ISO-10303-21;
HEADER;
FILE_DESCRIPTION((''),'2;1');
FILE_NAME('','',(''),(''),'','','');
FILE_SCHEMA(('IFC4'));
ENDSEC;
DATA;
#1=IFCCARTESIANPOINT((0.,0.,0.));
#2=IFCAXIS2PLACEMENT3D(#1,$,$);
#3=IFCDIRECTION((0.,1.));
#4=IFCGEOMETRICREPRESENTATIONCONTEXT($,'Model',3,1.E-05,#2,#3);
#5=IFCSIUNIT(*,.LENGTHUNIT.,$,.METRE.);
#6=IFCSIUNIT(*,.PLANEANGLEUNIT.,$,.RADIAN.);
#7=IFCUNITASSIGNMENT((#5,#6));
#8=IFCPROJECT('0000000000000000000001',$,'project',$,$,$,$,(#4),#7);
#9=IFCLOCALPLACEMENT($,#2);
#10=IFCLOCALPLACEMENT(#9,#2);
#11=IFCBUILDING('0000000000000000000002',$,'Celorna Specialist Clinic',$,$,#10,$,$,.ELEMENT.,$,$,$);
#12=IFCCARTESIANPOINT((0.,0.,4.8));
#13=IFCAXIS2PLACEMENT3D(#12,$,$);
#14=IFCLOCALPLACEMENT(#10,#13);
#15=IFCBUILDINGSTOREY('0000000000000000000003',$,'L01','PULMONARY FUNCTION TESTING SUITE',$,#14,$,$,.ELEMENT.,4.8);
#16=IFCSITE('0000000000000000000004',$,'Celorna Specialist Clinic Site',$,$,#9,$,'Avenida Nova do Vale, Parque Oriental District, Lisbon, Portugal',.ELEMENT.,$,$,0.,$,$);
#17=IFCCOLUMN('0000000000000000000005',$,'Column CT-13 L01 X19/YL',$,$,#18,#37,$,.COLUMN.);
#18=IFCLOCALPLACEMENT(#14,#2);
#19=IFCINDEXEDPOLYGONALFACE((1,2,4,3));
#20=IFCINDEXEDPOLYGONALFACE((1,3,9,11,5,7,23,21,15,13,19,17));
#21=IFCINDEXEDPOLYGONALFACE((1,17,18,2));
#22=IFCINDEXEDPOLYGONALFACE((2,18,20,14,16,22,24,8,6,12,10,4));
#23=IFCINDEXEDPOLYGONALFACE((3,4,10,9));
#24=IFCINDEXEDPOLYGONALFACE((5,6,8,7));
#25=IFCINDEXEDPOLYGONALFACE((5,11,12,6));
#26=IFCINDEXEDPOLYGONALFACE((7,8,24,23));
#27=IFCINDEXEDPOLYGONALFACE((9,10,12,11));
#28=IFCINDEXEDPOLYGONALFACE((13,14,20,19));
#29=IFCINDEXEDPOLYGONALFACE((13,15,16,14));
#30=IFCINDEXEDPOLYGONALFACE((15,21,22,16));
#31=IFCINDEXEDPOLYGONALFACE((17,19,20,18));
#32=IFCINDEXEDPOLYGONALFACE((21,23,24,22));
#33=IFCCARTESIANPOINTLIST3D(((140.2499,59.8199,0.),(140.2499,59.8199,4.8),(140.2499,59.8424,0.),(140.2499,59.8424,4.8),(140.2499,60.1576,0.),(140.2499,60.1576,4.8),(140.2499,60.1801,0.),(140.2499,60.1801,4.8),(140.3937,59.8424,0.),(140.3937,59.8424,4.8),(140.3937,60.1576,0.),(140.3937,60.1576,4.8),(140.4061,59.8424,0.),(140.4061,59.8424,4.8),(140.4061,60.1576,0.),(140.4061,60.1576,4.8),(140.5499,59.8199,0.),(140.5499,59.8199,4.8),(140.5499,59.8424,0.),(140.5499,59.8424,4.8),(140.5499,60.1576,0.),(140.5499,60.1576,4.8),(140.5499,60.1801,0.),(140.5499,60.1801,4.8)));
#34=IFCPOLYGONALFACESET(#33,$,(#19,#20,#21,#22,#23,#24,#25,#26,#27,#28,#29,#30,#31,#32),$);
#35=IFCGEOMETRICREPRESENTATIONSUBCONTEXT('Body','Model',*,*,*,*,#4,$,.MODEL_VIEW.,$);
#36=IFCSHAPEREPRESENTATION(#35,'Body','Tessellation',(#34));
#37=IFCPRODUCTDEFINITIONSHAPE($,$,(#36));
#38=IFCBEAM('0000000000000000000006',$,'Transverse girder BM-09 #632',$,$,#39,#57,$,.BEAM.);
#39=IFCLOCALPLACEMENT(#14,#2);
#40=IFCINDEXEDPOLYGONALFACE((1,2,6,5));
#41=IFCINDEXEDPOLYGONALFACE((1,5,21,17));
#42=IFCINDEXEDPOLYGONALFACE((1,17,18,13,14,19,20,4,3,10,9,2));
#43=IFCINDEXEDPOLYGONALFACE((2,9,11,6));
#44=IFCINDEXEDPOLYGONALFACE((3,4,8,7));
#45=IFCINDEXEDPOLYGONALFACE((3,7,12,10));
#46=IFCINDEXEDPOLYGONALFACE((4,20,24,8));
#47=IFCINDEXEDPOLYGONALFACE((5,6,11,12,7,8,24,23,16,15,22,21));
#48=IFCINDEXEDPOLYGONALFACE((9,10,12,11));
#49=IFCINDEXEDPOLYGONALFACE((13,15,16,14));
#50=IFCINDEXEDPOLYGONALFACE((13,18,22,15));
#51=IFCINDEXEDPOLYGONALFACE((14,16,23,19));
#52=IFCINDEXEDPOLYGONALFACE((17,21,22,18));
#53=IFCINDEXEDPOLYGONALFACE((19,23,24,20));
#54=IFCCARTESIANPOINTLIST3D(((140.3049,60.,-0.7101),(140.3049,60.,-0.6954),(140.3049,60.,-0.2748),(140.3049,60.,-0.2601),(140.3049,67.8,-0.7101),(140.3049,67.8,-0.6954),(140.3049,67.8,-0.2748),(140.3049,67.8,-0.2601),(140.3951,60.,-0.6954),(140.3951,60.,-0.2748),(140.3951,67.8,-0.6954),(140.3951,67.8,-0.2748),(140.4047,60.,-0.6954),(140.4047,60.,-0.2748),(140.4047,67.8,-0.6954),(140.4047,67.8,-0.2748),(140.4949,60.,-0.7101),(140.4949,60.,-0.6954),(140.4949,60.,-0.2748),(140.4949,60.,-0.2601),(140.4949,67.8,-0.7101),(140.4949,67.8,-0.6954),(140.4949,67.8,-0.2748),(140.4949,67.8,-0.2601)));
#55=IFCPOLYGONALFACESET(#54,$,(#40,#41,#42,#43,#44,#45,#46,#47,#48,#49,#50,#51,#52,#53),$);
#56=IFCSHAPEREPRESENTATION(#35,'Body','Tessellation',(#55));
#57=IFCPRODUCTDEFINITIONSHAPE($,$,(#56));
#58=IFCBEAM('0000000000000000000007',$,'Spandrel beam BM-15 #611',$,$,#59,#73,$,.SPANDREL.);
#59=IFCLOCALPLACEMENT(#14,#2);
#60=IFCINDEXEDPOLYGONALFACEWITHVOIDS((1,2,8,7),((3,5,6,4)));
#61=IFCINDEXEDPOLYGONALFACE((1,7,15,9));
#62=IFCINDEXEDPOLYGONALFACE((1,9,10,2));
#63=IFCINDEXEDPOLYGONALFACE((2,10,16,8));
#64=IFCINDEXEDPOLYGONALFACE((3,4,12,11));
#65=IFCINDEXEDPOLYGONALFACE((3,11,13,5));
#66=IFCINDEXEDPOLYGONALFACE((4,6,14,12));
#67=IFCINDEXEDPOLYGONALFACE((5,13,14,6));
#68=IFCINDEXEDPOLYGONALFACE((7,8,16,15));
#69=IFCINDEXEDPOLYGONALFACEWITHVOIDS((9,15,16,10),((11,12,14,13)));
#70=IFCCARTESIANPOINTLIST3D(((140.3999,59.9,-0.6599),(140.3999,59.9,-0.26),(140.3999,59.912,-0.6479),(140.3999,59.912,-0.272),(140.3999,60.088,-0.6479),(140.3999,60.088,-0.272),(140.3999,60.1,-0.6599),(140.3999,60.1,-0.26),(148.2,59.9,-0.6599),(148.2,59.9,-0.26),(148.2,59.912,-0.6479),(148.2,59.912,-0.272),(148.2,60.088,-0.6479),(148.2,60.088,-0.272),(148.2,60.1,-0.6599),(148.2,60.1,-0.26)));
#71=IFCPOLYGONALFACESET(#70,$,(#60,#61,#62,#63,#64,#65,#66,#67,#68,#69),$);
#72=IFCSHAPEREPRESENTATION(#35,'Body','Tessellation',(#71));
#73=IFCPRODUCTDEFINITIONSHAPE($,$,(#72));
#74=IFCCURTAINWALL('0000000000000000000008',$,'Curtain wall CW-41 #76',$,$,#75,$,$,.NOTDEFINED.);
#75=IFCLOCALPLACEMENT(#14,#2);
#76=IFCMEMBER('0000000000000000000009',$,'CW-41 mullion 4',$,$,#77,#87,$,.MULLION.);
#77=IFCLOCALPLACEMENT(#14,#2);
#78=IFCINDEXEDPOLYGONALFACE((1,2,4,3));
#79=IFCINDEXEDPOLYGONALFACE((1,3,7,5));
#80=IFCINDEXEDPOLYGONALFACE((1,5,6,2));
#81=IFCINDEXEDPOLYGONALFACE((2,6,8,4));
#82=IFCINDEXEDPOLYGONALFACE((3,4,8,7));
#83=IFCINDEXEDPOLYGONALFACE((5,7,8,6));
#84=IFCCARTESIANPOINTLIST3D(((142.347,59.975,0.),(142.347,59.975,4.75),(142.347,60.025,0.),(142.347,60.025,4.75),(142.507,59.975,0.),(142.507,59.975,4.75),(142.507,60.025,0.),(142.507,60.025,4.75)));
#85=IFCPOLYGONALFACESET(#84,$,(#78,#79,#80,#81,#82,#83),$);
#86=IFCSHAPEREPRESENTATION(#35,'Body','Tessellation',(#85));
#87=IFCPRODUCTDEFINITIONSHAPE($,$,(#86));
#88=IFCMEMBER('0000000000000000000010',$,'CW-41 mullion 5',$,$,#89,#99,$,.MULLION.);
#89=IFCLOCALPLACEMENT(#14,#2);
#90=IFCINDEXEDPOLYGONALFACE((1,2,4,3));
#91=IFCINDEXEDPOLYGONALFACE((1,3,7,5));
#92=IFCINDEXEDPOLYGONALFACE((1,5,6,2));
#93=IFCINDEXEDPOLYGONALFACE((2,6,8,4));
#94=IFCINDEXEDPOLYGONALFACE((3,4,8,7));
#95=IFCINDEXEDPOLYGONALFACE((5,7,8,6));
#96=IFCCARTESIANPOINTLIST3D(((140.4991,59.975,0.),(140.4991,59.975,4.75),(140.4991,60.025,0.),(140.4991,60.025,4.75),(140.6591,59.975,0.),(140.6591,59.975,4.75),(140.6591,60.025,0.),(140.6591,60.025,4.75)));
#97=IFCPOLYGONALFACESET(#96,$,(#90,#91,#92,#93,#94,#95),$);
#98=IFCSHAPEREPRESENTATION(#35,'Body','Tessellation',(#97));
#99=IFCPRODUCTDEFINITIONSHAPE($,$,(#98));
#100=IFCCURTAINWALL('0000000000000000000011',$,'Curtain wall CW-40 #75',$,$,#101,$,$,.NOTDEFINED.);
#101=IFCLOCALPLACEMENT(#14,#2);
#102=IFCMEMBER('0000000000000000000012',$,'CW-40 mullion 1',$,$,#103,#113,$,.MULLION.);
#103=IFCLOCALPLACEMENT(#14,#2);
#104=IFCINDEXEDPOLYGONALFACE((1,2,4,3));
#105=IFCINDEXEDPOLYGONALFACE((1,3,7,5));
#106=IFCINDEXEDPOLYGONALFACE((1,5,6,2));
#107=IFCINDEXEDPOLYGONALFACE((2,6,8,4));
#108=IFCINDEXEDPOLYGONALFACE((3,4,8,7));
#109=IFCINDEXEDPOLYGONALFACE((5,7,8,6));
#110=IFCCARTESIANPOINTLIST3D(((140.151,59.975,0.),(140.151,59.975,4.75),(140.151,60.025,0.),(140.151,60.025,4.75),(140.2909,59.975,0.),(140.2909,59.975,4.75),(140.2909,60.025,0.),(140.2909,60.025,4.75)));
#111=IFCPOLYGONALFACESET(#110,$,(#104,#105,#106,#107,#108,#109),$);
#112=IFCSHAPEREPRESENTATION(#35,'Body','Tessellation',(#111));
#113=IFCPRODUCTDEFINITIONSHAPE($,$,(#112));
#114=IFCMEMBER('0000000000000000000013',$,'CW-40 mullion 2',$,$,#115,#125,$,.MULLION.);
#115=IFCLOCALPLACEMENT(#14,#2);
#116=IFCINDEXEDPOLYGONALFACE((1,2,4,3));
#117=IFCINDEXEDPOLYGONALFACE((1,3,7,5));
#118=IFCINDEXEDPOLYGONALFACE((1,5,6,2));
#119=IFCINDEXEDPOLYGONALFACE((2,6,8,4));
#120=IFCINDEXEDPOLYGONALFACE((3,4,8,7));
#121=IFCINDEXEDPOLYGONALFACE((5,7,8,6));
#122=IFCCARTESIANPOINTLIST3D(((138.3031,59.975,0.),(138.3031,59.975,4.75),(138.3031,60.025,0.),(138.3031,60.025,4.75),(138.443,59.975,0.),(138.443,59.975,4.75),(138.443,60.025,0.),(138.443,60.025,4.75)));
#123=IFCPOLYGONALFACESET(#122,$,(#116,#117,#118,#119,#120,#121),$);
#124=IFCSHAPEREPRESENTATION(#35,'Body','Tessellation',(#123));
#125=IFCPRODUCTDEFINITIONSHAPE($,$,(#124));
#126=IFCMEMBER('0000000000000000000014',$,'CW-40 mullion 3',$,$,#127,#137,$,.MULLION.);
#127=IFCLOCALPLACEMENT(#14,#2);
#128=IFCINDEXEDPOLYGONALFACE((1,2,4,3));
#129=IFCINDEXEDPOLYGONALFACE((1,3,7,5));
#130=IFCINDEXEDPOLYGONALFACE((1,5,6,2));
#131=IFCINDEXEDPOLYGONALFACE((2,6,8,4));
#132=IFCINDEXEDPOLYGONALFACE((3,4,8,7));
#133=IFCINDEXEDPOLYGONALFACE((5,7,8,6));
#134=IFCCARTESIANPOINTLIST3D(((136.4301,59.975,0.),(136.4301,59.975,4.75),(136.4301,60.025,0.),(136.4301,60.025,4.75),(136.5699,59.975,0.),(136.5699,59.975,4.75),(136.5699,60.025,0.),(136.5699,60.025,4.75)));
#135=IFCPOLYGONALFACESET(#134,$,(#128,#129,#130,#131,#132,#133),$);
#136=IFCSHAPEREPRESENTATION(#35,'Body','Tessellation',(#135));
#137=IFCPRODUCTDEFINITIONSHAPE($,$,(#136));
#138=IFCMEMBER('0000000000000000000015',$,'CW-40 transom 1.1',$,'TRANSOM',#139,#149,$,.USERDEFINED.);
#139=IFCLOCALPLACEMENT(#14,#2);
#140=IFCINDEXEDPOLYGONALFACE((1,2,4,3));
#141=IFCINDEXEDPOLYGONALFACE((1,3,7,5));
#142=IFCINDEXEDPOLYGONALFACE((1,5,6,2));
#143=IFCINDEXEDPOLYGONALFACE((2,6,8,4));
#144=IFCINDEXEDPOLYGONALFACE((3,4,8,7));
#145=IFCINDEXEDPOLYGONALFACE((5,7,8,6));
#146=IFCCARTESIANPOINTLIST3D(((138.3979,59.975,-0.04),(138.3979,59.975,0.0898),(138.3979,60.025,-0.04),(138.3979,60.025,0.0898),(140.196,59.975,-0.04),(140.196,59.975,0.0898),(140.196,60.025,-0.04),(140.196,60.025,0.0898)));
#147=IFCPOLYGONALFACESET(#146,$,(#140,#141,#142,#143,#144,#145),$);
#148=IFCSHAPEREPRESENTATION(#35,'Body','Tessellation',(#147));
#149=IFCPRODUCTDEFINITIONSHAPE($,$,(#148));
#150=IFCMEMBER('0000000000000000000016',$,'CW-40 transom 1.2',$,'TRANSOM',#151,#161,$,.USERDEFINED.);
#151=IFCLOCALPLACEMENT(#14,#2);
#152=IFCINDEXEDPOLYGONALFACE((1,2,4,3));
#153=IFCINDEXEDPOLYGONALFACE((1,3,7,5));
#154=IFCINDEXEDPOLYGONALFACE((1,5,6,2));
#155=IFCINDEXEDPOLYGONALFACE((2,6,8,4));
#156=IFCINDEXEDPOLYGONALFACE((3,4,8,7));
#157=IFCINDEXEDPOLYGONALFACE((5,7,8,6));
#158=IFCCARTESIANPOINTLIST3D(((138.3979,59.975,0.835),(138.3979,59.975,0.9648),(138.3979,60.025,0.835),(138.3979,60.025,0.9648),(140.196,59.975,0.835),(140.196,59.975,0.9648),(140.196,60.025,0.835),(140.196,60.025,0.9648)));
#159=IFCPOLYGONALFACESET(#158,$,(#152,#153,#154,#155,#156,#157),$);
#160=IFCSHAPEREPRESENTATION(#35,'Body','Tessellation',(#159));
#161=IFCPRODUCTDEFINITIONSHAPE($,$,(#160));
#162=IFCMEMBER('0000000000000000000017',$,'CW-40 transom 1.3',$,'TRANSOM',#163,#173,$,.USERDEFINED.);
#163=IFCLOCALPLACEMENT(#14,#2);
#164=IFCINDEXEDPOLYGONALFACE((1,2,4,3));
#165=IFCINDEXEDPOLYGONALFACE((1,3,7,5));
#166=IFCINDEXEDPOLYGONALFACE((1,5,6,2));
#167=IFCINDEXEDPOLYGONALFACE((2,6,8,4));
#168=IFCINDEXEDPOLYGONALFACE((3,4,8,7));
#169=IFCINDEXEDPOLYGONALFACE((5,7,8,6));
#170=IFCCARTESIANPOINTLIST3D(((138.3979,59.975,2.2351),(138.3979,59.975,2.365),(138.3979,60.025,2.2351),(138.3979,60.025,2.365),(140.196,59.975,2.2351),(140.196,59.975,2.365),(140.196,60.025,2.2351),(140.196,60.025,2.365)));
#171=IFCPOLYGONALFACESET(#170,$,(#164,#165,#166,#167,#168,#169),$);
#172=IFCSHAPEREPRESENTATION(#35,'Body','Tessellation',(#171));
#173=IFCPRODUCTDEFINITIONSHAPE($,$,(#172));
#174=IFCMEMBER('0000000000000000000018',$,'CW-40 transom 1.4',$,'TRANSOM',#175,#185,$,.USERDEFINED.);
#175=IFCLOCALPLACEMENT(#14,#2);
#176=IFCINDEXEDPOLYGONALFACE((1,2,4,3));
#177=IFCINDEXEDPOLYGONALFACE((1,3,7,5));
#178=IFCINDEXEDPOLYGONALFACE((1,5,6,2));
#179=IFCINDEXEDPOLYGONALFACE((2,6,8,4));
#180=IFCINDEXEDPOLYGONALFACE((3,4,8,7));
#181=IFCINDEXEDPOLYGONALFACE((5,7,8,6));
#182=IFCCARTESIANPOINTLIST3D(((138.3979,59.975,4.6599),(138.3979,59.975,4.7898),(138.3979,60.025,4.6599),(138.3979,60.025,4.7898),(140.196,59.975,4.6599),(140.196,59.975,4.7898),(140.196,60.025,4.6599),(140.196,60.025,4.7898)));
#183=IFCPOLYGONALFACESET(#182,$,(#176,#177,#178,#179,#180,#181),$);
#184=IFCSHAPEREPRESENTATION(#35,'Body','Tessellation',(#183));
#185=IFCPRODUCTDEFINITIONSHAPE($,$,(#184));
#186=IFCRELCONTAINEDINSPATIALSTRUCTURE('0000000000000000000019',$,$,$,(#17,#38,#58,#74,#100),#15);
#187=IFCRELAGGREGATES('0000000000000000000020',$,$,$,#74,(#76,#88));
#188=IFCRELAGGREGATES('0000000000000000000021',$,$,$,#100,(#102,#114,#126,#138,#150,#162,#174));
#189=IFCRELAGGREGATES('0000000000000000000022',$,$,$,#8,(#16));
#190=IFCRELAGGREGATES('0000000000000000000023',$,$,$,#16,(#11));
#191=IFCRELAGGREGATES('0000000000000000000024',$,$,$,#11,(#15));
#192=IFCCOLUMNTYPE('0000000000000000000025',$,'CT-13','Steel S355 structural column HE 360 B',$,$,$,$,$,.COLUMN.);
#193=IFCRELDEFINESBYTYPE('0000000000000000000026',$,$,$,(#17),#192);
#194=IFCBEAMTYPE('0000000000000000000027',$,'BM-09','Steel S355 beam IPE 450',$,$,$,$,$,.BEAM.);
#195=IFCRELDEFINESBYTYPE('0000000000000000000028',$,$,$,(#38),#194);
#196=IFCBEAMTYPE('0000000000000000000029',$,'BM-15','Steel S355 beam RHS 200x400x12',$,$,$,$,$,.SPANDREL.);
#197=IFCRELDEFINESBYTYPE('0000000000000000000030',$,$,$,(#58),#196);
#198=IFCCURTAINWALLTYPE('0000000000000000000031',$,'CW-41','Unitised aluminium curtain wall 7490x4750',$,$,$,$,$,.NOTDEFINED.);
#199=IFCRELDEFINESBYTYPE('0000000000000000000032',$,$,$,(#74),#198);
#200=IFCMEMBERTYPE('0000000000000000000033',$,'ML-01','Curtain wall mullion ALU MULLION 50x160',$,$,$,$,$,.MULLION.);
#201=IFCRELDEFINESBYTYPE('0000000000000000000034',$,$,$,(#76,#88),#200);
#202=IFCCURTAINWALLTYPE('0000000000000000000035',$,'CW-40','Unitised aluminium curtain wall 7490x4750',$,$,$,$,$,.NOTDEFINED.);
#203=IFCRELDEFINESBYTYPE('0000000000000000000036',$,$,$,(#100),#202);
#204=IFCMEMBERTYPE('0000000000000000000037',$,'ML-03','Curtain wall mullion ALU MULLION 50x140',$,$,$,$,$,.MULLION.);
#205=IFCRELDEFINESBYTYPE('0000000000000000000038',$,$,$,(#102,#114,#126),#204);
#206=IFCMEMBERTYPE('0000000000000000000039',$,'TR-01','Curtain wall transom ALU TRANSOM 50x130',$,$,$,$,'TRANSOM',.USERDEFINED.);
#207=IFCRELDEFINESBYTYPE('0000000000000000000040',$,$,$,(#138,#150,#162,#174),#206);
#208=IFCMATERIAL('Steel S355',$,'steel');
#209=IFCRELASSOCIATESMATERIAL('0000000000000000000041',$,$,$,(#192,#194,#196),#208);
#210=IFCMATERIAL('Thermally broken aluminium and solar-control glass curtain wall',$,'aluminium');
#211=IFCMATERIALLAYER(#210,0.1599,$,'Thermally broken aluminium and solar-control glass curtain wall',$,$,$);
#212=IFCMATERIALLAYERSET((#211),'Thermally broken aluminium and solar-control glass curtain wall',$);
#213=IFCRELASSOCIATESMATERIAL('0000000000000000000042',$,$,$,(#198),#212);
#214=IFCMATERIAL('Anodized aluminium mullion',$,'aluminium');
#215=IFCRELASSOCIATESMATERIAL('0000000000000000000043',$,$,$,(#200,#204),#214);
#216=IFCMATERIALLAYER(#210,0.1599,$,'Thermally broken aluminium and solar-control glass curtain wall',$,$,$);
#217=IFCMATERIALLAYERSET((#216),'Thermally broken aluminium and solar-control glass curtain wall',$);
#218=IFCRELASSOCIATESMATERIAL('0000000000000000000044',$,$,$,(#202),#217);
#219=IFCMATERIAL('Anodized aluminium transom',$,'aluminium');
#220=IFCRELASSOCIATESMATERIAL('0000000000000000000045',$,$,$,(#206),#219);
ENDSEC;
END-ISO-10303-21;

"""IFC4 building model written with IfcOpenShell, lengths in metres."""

from ifc_helpers import new_model, si_unit, direction, frame, origin, origin_2d, place, context, subcontext, project, spatial, rectangle, hollow_rectangle, i_section, extrude, material, layer, layer_set, material_profile, profile_set, type_object, element, aggregate, save


model = new_model("IFC4")

# Units and contexts
model_context = context("Model", 3, precision=1e-05, world=origin(), true_north=direction((0.0, 1.0)))
body_context = subcontext(model_context, "Body", "Model", "MODEL_VIEW")
ifc_project = project(units=[si_unit("LENGTHUNIT", "METRE"), si_unit("PLANEANGLEUNIT", "RADIAN")], contexts=[model_context])

# Site, building, storey
site_placement = place(None, origin())
site = spatial("IfcSite", under=ifc_project, at=site_placement, Name="Celorna Specialist Clinic Site", LongName="Avenida Nova do Vale, Parque Oriental District, Lisbon, Portugal", CompositionType="ELEMENT", RefElevation=0.0)
building_placement = place(site_placement, origin())
building = spatial("IfcBuilding", under=site, at=building_placement, Name="Celorna Specialist Clinic", CompositionType="ELEMENT")
storey_placement = place(building_placement, frame((0.0, 0.0, 4.8)))
storey = spatial("IfcBuildingStorey", under=building, at=storey_placement, Name="L01", Description="PULMONARY FUNCTION TESTING SUITE", CompositionType="ELEMENT", Elevation=4.8)

# Column
ifc_material_1 = material(Name="Steel S355", Category="steel")
ifc_material_profile_1 = material_profile(ifc_material_1, i_section(OverallWidth=0.3, OverallDepth=0.3601, WebThickness=0.0125, FlangeThickness=0.0225, at=origin_2d()), Name="HE 360 B")
ifc_profile_set_1 = profile_set([ifc_material_profile_1], Name="Steel S355")
column_type = type_object("IfcColumnType", Name="CT-13", Description="Steel S355 structural column HE 360 B", PredefinedType="COLUMN", material=ifc_profile_set_1)
column_placement = place(storey_placement, frame((140.3999, 60.0, 0.0), z_axis=(0.0, 0.0, 1.0), x_axis=(1.0, 0.0, 0.0)))
element("IfcColumn", 1, at=column_placement, inside=storey, type_object=column_type, Name="Column CT-13 L01 X19/YL", PredefinedType="COLUMN", context=body_context, shape_type="SweptSolid", body=[
    extrude(i_section(OverallWidth=0.3, OverallDepth=0.3601, WebThickness=0.0125, FlangeThickness=0.0225, at=origin_2d()), origin(), (0.0, 0.0, 1.0), 4.8),
])

# Beams
ifc_material_profile_2 = material_profile(ifc_material_1, i_section(OverallWidth=0.1899, OverallDepth=0.45, WebThickness=0.0095, FlangeThickness=0.0146, at=origin_2d()), Name="IPE 450")
ifc_profile_set_2 = profile_set([ifc_material_profile_2], Name="Steel S355")
beam_type_1 = type_object("IfcBeamType", Name="BM-09", Description="Steel S355 beam IPE 450", PredefinedType="BEAM", material=ifc_profile_set_2)
beam_1_placement = place(storey_placement, frame((140.3999, 60.0, -0.4851), z_axis=(0.0, 1.0, 0.0), x_axis=(-1.0, 0.0, 0.0)))
element("IfcBeam", 2, at=beam_1_placement, inside=storey, type_object=beam_type_1, Name="Transverse girder BM-09 #632", PredefinedType="BEAM", context=body_context, shape_type="SweptSolid", body=[
    extrude(i_section(OverallWidth=0.1899, OverallDepth=0.45, WebThickness=0.0095, FlangeThickness=0.0146, at=origin_2d()), origin(), (0.0, 0.0, 1.0), 7.8),
])
ifc_material_profile_3 = material_profile(ifc_material_1, hollow_rectangle(XDim=0.2, YDim=0.3999, WallThickness=0.012, at=origin_2d()), Name="RHS 200x400x12")
ifc_profile_set_3 = profile_set([ifc_material_profile_3], Name="Steel S355")
beam_type_2 = type_object("IfcBeamType", Name="BM-15", Description="Steel S355 beam RHS 200x400x12", PredefinedType="SPANDREL", material=ifc_profile_set_3)
beam_2_placement = place(storey_placement, frame((140.3999, 60.0, -0.46), z_axis=(1.0, 0.0, 0.0), x_axis=(0.0, 1.0, 0.0)))
element("IfcBeam", 3, at=beam_2_placement, inside=storey, type_object=beam_type_2, Name="Spandrel beam BM-15 #611", PredefinedType="SPANDREL", context=body_context, shape_type="SweptSolid", body=[
    extrude(hollow_rectangle(XDim=0.2, YDim=0.3999, WallThickness=0.012, at=origin_2d()), origin(), (0.0, 0.0, 1.0), 7.8),
])

# Curtain walls, members
ifc_material_2 = material(Name="Thermally broken aluminium and solar-control glass curtain wall", Category="aluminium")
ifc_layer_1 = layer(ifc_material_2, 0.1599, Name="Thermally broken aluminium and solar-control glass curtain wall")
ifc_layer_set_1 = layer_set([ifc_layer_1], Name="Thermally broken aluminium and solar-control glass curtain wall")
curtain_wall_type_1 = type_object("IfcCurtainWallType", Name="CW-41", Description="Unitised aluminium curtain wall 7490x4750", PredefinedType="NOTDEFINED", material=ifc_layer_set_1)
curtain_wall_1_placement = place(storey_placement, origin())
curtain_wall_1 = element("IfcCurtainWall", 4, at=curtain_wall_1_placement, inside=storey, type_object=curtain_wall_type_1, Name="Curtain wall CW-41 #76", PredefinedType="NOTDEFINED")
ifc_material_3 = material(Name="Anodized aluminium mullion", Category="aluminium")
ifc_material_profile_4 = material_profile(ifc_material_3, rectangle(XDim=0.05, YDim=0.1599, at=origin_2d()), Name="ALU MULLION 50x160")
ifc_profile_set_4 = profile_set([ifc_material_profile_4], Name="Anodized aluminium mullion")
member_type_1 = type_object("IfcMemberType", Name="ML-01", Description="Curtain wall mullion ALU MULLION 50x160", PredefinedType="MULLION", material=ifc_profile_set_4)
member_1_placement = place(storey_placement, frame((142.427, 60.0, 0.0), z_axis=(0.0, 0.0, 1.0), x_axis=(0.0, -1.0, 0.0)))
member_1 = element("IfcMember", 5, at=member_1_placement, type_object=member_type_1, Name="CW-41 mullion 4", PredefinedType="MULLION", context=body_context, shape_type="SweptSolid", body=[
    extrude(rectangle(XDim=0.05, YDim=0.1599, at=origin_2d()), origin(), (0.0, 0.0, 1.0), 4.75),
])
member_2_placement = place(storey_placement, frame((140.5791, 60.0, 0.0), z_axis=(0.0, 0.0, 1.0), x_axis=(0.0, -1.0, 0.0)))
member_2 = element("IfcMember", 6, at=member_2_placement, type_object=member_type_1, Name="CW-41 mullion 5", PredefinedType="MULLION", context=body_context, shape_type="SweptSolid", body=[
    extrude(rectangle(XDim=0.05, YDim=0.1599, at=origin_2d()), origin(), (0.0, 0.0, 1.0), 4.75),
])
ifc_layer_2 = layer(ifc_material_2, 0.1599, Name="Thermally broken aluminium and solar-control glass curtain wall")
ifc_layer_set_2 = layer_set([ifc_layer_2], Name="Thermally broken aluminium and solar-control glass curtain wall")
curtain_wall_type_2 = type_object("IfcCurtainWallType", Name="CW-40", Description="Unitised aluminium curtain wall 7490x4750", PredefinedType="NOTDEFINED", material=ifc_layer_set_2)
curtain_wall_2_placement = place(storey_placement, origin())
curtain_wall_2 = element("IfcCurtainWall", 7, at=curtain_wall_2_placement, inside=storey, type_object=curtain_wall_type_2, Name="Curtain wall CW-40 #75", PredefinedType="NOTDEFINED")
ifc_material_profile_5 = material_profile(ifc_material_3, rectangle(XDim=0.05, YDim=0.1399, at=origin_2d()), Name="ALU MULLION 50x140")
ifc_profile_set_5 = profile_set([ifc_material_profile_5], Name="Anodized aluminium mullion")
member_type_2 = type_object("IfcMemberType", Name="ML-03", Description="Curtain wall mullion ALU MULLION 50x140", PredefinedType="MULLION", material=ifc_profile_set_5)
member_3_placement = place(storey_placement, frame((140.2209, 60.0, 0.0), z_axis=(0.0, 0.0, 1.0), x_axis=(0.0, -1.0, 0.0)))
member_3 = element("IfcMember", 8, at=member_3_placement, type_object=member_type_2, Name="CW-40 mullion 1", PredefinedType="MULLION", context=body_context, shape_type="SweptSolid", body=[
    extrude(rectangle(XDim=0.05, YDim=0.1399, at=origin_2d()), origin(), (0.0, 0.0, 1.0), 4.75),
])
member_4_placement = place(storey_placement, frame((138.373, 60.0, 0.0), z_axis=(0.0, 0.0, 1.0), x_axis=(0.0, -1.0, 0.0)))
member_4 = element("IfcMember", 9, at=member_4_placement, type_object=member_type_2, Name="CW-40 mullion 2", PredefinedType="MULLION", context=body_context, shape_type="SweptSolid", body=[
    extrude(rectangle(XDim=0.05, YDim=0.1399, at=origin_2d()), origin(), (0.0, 0.0, 1.0), 4.75),
])
member_5_placement = place(storey_placement, frame((136.5, 60.0, 0.0), z_axis=(0.0, 0.0, 1.0), x_axis=(0.0, -1.0, 0.0)))
member_5 = element("IfcMember", 10, at=member_5_placement, type_object=member_type_2, Name="CW-40 mullion 3", PredefinedType="MULLION", context=body_context, shape_type="SweptSolid", body=[
    extrude(rectangle(XDim=0.05, YDim=0.1399, at=origin_2d()), origin(), (0.0, 0.0, 1.0), 4.75),
])
ifc_material_4 = material(Name="Anodized aluminium transom", Category="aluminium")
ifc_material_profile_6 = material_profile(ifc_material_4, rectangle(XDim=0.05, YDim=0.1299, at=origin_2d()), Name="ALU TRANSOM 50x130")
ifc_profile_set_6 = profile_set([ifc_material_profile_6], Name="Anodized aluminium transom")
member_type_3 = type_object("IfcMemberType", Name="TR-01", Description="Curtain wall transom ALU TRANSOM 50x130", ElementType="TRANSOM", PredefinedType="USERDEFINED", material=ifc_profile_set_6)
member_6_placement = place(storey_placement, frame((140.196, 60.0, 0.0249), z_axis=(-1.0, 0.0, 0.0), x_axis=(0.0, -1.0, 0.0)))
member_6 = element("IfcMember", 11, at=member_6_placement, type_object=member_type_3, Name="CW-40 transom 1.1", ObjectType="TRANSOM", PredefinedType="USERDEFINED", context=body_context, shape_type="SweptSolid", body=[
    extrude(rectangle(XDim=0.05, YDim=0.1299, at=origin_2d()), origin(), (0.0, 0.0, 1.0), 1.7981),
])
member_7_placement = place(storey_placement, frame((140.196, 60.0, 0.8999), z_axis=(-1.0, 0.0, 0.0), x_axis=(0.0, -1.0, 0.0)))
member_7 = element("IfcMember", 12, at=member_7_placement, type_object=member_type_3, Name="CW-40 transom 1.2", ObjectType="TRANSOM", PredefinedType="USERDEFINED", context=body_context, shape_type="SweptSolid", body=[
    extrude(rectangle(XDim=0.05, YDim=0.1299, at=origin_2d()), origin(), (0.0, 0.0, 1.0), 1.7981),
])
member_8_placement = place(storey_placement, frame((140.196, 60.0, 2.3), z_axis=(-1.0, 0.0, 0.0), x_axis=(0.0, -1.0, 0.0)))
member_8 = element("IfcMember", 13, at=member_8_placement, type_object=member_type_3, Name="CW-40 transom 1.3", ObjectType="TRANSOM", PredefinedType="USERDEFINED", context=body_context, shape_type="SweptSolid", body=[
    extrude(rectangle(XDim=0.05, YDim=0.1299, at=origin_2d()), origin(), (0.0, 0.0, 1.0), 1.7981),
])
member_9_placement = place(storey_placement, frame((140.196, 60.0, 4.7249), z_axis=(-1.0, 0.0, 0.0), x_axis=(0.0, -1.0, 0.0)))
member_9 = element("IfcMember", 14, at=member_9_placement, type_object=member_type_3, Name="CW-40 transom 1.4", ObjectType="TRANSOM", PredefinedType="USERDEFINED", context=body_context, shape_type="SweptSolid", body=[
    extrude(rectangle(XDim=0.05, YDim=0.1299, at=origin_2d()), origin(), (0.0, 0.0, 1.0), 1.7981),
])

aggregate(curtain_wall_1, [member_1, member_2])
aggregate(curtain_wall_2, [member_3, member_4, member_5, member_6, member_7, member_8, member_9])

save(model, "model.ifc")
